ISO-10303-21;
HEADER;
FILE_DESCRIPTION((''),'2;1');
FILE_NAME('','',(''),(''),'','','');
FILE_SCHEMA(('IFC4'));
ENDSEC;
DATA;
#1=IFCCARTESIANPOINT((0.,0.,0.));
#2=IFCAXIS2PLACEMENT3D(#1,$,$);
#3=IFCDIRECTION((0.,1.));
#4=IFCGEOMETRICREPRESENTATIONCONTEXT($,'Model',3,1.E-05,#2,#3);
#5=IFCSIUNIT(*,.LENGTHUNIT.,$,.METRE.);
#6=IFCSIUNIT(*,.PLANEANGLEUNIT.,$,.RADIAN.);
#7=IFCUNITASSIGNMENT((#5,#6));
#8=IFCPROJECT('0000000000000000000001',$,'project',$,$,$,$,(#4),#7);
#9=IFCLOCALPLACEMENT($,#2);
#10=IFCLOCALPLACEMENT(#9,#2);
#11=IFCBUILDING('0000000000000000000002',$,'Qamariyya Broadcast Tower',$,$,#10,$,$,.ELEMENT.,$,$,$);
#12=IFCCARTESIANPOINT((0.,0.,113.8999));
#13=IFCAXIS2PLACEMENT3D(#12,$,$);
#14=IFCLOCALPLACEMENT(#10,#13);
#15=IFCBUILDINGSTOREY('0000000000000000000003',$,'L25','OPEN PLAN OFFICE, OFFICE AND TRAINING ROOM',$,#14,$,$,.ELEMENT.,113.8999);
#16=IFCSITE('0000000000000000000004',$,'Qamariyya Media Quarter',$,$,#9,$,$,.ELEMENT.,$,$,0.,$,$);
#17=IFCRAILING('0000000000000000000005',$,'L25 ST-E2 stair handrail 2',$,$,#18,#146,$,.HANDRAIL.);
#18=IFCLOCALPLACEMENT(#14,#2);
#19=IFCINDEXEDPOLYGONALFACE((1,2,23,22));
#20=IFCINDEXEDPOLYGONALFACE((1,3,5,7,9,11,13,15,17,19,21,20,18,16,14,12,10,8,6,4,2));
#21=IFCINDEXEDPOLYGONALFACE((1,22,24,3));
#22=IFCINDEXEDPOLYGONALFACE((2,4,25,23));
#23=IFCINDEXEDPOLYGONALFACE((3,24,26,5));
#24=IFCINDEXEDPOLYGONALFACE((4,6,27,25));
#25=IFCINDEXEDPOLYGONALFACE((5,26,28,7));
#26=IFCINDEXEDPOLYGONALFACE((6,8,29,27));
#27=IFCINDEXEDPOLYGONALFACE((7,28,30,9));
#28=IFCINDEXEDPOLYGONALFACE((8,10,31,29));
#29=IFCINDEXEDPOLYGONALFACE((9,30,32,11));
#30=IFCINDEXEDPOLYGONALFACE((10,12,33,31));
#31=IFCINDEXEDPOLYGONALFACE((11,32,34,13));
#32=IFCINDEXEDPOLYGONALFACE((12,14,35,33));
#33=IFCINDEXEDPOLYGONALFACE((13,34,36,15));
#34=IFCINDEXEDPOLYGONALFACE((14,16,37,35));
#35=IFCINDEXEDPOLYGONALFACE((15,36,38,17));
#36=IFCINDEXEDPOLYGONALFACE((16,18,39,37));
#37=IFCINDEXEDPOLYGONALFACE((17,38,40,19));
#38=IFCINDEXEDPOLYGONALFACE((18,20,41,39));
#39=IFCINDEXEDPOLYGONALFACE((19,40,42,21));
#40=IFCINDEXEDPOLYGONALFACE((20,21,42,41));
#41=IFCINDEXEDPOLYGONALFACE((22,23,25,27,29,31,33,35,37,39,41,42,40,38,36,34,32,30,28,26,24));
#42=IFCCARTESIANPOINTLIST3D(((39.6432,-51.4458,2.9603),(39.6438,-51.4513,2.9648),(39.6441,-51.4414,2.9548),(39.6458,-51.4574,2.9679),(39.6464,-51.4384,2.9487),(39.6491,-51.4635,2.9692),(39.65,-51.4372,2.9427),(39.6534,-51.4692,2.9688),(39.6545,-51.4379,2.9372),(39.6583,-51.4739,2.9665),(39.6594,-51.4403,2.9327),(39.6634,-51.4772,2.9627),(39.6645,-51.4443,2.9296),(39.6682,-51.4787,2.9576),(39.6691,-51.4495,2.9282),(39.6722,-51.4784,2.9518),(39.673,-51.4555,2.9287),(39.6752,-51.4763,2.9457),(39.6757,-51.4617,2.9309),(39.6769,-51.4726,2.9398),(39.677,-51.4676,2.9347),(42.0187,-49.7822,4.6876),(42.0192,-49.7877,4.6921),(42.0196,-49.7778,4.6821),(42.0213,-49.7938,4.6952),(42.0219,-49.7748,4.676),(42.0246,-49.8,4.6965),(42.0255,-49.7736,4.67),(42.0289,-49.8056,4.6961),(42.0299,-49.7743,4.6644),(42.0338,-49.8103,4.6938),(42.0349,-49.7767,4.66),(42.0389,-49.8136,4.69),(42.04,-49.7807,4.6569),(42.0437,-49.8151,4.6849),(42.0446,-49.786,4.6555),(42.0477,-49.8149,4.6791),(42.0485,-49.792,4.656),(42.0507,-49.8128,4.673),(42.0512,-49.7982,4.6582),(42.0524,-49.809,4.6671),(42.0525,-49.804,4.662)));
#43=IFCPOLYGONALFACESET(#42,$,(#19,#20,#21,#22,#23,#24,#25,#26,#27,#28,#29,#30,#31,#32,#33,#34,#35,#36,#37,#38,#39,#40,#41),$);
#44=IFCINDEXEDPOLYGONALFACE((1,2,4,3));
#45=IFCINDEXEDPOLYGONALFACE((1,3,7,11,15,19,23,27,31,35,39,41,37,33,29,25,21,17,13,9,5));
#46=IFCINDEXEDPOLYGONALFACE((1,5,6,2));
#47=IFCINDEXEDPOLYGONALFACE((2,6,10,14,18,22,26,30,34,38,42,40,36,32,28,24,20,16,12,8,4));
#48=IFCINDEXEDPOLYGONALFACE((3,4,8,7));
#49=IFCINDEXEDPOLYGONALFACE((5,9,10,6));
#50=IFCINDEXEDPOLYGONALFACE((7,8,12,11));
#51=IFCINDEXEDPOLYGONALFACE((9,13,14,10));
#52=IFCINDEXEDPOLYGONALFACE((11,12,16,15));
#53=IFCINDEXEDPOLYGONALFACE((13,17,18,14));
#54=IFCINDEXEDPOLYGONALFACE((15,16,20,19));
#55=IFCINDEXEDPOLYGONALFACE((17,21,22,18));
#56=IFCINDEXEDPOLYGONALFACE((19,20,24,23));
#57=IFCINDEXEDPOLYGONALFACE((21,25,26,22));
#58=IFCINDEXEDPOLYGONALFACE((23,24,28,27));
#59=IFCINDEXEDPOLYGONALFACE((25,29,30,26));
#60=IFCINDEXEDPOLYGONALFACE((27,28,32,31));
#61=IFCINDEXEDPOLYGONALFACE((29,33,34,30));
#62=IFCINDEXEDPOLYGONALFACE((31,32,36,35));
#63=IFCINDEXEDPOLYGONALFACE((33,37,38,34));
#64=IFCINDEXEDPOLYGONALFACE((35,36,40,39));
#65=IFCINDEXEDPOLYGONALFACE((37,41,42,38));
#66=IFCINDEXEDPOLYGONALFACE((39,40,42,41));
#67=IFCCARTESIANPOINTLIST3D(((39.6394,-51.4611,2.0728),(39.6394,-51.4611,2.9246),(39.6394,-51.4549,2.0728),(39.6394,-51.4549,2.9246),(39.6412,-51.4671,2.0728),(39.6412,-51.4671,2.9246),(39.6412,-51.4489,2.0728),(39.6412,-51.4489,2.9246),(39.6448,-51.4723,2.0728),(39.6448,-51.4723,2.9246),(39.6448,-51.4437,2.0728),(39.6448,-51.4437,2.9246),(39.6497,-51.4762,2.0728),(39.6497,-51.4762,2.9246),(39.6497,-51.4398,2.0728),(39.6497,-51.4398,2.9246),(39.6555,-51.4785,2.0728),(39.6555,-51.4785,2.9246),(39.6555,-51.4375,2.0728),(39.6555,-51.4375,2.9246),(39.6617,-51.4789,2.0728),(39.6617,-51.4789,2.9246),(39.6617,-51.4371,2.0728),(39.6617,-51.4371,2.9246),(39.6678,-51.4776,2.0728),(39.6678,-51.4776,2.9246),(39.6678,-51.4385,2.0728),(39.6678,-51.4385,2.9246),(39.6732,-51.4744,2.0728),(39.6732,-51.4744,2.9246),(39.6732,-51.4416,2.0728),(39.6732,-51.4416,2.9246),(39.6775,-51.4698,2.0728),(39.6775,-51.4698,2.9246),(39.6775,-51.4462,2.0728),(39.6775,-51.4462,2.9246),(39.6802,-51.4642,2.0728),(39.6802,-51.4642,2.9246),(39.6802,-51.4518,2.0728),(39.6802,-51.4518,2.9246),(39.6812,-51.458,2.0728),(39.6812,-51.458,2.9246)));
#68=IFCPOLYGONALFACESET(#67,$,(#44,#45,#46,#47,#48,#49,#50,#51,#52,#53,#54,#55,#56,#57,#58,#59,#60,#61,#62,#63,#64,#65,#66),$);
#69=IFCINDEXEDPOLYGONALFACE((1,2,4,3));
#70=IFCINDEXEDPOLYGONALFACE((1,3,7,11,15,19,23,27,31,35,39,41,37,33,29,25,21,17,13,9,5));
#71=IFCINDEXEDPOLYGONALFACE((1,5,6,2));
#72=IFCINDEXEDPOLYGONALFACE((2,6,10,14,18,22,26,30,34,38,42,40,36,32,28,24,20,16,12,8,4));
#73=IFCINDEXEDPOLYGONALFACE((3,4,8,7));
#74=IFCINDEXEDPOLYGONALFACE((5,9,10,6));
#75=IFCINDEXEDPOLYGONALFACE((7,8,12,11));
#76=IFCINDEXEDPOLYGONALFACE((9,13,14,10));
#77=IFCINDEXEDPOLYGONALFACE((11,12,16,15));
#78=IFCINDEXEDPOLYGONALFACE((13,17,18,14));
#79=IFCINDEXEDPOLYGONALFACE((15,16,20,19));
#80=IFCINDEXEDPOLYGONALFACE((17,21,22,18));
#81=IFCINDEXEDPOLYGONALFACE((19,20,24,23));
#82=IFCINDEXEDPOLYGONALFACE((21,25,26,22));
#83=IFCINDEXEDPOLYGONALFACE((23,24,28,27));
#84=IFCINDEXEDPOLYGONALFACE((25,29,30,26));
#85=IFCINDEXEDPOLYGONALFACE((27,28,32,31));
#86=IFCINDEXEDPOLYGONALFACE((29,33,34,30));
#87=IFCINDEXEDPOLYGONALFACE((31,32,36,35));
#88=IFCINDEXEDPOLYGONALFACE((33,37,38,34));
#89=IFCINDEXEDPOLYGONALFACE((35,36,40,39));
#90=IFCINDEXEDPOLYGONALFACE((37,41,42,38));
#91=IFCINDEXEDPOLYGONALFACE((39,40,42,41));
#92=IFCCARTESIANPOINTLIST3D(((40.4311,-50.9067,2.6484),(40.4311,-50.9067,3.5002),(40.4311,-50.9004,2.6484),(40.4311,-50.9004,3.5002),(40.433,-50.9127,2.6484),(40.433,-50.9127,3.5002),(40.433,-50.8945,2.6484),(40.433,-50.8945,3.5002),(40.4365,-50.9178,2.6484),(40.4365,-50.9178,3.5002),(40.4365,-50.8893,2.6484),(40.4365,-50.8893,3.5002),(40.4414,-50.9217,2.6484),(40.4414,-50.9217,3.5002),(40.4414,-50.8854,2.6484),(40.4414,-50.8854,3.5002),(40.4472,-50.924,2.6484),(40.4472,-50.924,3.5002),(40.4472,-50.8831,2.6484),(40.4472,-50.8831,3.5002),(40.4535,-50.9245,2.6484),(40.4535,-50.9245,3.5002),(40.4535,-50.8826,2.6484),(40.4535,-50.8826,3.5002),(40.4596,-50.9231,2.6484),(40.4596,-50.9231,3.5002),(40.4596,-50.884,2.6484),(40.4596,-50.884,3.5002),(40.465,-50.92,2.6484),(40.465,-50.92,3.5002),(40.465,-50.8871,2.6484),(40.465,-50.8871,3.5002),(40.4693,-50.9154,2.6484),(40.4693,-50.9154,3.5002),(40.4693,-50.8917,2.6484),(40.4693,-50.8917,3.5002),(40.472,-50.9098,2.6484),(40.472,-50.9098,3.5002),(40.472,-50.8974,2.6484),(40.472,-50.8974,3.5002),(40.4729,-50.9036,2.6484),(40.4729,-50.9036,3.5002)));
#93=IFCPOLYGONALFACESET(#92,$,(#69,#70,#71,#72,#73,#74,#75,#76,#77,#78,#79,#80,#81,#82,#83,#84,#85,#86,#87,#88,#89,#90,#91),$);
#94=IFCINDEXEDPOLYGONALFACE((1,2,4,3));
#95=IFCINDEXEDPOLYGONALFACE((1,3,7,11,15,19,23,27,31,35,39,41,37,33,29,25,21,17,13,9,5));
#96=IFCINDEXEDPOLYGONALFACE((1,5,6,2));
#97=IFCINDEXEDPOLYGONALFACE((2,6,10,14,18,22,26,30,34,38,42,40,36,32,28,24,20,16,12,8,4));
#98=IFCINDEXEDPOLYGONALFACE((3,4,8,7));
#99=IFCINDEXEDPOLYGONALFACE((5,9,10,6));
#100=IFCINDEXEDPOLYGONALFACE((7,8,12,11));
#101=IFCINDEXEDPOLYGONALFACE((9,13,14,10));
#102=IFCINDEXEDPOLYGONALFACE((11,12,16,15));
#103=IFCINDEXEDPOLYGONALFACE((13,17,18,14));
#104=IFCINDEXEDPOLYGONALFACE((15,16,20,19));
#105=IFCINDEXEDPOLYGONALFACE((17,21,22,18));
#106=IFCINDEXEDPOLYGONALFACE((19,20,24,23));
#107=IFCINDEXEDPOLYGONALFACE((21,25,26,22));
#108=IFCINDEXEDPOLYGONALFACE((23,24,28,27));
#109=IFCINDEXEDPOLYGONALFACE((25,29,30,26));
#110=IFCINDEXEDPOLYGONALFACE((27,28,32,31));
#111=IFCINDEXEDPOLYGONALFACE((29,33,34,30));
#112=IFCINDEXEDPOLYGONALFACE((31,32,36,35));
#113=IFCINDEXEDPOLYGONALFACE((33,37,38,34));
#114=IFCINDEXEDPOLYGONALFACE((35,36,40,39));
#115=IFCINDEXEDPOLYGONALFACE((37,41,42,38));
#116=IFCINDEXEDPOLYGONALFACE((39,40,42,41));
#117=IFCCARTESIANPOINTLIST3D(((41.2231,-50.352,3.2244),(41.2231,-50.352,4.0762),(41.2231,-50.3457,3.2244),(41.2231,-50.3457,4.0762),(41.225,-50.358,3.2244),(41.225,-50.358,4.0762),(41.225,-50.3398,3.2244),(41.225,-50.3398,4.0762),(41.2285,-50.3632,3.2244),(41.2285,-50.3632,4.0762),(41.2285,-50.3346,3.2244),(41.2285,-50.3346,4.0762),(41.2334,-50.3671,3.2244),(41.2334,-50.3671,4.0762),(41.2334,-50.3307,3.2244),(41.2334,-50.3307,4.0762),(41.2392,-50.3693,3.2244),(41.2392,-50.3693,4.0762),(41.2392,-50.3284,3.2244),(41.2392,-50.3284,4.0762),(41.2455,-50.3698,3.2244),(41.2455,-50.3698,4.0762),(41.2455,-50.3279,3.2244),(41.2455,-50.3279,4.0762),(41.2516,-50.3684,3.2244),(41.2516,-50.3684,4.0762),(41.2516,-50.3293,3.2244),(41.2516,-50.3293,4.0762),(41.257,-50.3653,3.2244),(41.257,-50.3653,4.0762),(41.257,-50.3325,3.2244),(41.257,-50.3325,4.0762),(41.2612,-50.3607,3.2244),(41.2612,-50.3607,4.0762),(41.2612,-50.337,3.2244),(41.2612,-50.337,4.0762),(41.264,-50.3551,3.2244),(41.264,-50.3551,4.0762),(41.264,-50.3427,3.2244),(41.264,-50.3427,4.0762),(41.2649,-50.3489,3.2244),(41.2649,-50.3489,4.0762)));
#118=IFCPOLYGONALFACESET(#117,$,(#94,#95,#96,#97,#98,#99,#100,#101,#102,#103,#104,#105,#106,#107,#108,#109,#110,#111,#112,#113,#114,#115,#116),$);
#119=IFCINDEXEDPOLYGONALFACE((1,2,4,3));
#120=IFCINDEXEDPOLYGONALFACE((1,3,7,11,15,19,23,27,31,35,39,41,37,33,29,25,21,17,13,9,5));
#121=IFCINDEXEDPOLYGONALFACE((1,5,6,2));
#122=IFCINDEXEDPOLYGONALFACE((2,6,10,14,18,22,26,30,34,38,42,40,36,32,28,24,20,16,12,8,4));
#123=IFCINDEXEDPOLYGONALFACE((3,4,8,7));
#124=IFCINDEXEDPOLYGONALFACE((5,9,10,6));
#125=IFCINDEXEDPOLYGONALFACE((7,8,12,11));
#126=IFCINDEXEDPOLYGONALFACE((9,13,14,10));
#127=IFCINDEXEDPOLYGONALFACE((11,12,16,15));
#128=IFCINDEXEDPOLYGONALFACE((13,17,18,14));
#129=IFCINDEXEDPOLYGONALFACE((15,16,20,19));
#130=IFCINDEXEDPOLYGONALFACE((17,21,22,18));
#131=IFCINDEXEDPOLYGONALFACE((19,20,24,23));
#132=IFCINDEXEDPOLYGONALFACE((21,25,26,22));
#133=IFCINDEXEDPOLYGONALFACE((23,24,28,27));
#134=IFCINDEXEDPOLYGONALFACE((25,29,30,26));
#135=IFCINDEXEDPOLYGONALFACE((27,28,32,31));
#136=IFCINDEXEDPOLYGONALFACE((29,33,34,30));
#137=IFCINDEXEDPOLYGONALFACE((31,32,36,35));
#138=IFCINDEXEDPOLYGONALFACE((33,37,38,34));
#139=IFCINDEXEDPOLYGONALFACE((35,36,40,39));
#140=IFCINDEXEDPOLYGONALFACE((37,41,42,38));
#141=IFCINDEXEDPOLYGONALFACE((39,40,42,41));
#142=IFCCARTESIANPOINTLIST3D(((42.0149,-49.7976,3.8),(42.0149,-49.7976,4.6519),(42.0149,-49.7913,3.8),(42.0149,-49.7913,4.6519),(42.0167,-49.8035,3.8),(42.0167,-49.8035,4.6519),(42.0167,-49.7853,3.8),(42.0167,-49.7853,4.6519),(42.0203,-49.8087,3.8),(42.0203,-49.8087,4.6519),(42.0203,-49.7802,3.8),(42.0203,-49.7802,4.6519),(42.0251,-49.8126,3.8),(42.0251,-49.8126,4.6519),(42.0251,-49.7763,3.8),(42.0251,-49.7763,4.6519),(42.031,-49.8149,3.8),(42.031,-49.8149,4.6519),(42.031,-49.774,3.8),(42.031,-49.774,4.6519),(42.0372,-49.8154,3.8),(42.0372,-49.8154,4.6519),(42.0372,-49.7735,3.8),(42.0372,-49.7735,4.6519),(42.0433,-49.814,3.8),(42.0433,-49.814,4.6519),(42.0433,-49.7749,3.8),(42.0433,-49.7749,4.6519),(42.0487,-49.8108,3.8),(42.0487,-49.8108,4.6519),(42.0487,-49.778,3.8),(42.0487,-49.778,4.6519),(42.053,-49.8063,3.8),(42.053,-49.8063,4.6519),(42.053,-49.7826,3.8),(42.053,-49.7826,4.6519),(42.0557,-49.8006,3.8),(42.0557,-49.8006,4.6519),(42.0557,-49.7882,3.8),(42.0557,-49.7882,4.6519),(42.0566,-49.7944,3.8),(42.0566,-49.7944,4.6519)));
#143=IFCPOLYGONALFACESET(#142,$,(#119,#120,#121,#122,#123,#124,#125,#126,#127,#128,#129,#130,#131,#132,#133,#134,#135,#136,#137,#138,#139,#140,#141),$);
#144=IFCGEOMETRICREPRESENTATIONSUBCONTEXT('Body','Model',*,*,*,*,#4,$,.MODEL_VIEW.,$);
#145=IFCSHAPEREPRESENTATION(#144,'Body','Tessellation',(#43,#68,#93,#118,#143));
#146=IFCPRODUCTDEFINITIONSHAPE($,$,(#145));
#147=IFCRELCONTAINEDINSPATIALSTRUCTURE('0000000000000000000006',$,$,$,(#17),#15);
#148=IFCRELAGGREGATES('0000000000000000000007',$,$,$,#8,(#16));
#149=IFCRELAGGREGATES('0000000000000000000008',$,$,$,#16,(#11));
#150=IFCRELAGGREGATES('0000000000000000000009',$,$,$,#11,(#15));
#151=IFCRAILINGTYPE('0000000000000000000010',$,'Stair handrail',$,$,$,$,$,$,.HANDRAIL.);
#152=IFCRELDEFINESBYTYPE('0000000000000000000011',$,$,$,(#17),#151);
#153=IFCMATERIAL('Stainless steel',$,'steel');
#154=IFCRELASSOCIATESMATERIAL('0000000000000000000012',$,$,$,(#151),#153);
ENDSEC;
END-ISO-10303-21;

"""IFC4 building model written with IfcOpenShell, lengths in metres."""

from ifc_helpers import new_model, si_unit, direction, frame, origin, origin_2d, place, context, subcontext, project, spatial, circle, extrude, material, type_object, element, save


model = new_model("IFC4")

# Units and contexts
model_context = context("Model", 3, precision=1e-05, world=origin(), true_north=direction((0.0, 1.0)))
body_context = subcontext(model_context, "Body", "Model", "MODEL_VIEW")
ifc_project = project(units=[si_unit("LENGTHUNIT", "METRE"), si_unit("PLANEANGLEUNIT", "RADIAN")], contexts=[model_context])

# Site, building, storey
site_placement = place(None, origin())
site = spatial("IfcSite", under=ifc_project, at=site_placement, Name="Qamariyya Media Quarter", CompositionType="ELEMENT", RefElevation=0.0)
building_placement = place(site_placement, origin())
building = spatial("IfcBuilding", under=site, at=building_placement, Name="Qamariyya Broadcast Tower", CompositionType="ELEMENT")
storey_placement = place(building_placement, frame((0.0, 0.0, 113.8999)))
storey = spatial("IfcBuildingStorey", under=building, at=storey_placement, Name="L25", Description="OPEN PLAN OFFICE, OFFICE AND TRAINING ROOM", CompositionType="ELEMENT", Elevation=113.8999)

# Railing
ifc_material_1 = material(Name="Stainless steel", Category="steel")
railing_type_1 = type_object("IfcRailingType", Name="Stair handrail", PredefinedType="HANDRAIL", material=ifc_material_1)
railing_1_placement = place(storey_placement, frame((39.6602, -51.458, 2.0728)))
element("IfcRailing", 1, at=railing_1_placement, inside=storey, type_object=railing_type_1, Name="L25 ST-E2 stair handrail 2", PredefinedType="HANDRAIL", context=body_context, shape_type="SweptSolid", body=[
    extrude(circle(Radius=0.0239, at=origin_2d()), frame((0.0, 0.0, 0.876), z_axis=(0.703745, 0.492838, 0.511716), x_axis=(-0.573632, 0.819113, 0.0)), (0.0, 0.0, 1.0), 3.3755),
    extrude(circle(Radius=0.021, at=origin_2d()), origin(), (0.0, 0.0, 1.0), 0.8518),
    extrude(circle(Radius=0.021, at=origin_2d()), frame((0.7917, 0.5544, 0.5757)), (0.0, 0.0, 1.0), 0.8518),
    extrude(circle(Radius=0.021, at=origin_2d()), frame((1.5837, 1.1091, 1.1516)), (0.0, 0.0, 1.0), 0.8518),
    extrude(circle(Radius=0.021, at=origin_2d()), frame((2.3755, 1.6636, 1.7273)), (0.0, 0.0, 1.0), 0.8518),
])

save(model, "model.ifc")
